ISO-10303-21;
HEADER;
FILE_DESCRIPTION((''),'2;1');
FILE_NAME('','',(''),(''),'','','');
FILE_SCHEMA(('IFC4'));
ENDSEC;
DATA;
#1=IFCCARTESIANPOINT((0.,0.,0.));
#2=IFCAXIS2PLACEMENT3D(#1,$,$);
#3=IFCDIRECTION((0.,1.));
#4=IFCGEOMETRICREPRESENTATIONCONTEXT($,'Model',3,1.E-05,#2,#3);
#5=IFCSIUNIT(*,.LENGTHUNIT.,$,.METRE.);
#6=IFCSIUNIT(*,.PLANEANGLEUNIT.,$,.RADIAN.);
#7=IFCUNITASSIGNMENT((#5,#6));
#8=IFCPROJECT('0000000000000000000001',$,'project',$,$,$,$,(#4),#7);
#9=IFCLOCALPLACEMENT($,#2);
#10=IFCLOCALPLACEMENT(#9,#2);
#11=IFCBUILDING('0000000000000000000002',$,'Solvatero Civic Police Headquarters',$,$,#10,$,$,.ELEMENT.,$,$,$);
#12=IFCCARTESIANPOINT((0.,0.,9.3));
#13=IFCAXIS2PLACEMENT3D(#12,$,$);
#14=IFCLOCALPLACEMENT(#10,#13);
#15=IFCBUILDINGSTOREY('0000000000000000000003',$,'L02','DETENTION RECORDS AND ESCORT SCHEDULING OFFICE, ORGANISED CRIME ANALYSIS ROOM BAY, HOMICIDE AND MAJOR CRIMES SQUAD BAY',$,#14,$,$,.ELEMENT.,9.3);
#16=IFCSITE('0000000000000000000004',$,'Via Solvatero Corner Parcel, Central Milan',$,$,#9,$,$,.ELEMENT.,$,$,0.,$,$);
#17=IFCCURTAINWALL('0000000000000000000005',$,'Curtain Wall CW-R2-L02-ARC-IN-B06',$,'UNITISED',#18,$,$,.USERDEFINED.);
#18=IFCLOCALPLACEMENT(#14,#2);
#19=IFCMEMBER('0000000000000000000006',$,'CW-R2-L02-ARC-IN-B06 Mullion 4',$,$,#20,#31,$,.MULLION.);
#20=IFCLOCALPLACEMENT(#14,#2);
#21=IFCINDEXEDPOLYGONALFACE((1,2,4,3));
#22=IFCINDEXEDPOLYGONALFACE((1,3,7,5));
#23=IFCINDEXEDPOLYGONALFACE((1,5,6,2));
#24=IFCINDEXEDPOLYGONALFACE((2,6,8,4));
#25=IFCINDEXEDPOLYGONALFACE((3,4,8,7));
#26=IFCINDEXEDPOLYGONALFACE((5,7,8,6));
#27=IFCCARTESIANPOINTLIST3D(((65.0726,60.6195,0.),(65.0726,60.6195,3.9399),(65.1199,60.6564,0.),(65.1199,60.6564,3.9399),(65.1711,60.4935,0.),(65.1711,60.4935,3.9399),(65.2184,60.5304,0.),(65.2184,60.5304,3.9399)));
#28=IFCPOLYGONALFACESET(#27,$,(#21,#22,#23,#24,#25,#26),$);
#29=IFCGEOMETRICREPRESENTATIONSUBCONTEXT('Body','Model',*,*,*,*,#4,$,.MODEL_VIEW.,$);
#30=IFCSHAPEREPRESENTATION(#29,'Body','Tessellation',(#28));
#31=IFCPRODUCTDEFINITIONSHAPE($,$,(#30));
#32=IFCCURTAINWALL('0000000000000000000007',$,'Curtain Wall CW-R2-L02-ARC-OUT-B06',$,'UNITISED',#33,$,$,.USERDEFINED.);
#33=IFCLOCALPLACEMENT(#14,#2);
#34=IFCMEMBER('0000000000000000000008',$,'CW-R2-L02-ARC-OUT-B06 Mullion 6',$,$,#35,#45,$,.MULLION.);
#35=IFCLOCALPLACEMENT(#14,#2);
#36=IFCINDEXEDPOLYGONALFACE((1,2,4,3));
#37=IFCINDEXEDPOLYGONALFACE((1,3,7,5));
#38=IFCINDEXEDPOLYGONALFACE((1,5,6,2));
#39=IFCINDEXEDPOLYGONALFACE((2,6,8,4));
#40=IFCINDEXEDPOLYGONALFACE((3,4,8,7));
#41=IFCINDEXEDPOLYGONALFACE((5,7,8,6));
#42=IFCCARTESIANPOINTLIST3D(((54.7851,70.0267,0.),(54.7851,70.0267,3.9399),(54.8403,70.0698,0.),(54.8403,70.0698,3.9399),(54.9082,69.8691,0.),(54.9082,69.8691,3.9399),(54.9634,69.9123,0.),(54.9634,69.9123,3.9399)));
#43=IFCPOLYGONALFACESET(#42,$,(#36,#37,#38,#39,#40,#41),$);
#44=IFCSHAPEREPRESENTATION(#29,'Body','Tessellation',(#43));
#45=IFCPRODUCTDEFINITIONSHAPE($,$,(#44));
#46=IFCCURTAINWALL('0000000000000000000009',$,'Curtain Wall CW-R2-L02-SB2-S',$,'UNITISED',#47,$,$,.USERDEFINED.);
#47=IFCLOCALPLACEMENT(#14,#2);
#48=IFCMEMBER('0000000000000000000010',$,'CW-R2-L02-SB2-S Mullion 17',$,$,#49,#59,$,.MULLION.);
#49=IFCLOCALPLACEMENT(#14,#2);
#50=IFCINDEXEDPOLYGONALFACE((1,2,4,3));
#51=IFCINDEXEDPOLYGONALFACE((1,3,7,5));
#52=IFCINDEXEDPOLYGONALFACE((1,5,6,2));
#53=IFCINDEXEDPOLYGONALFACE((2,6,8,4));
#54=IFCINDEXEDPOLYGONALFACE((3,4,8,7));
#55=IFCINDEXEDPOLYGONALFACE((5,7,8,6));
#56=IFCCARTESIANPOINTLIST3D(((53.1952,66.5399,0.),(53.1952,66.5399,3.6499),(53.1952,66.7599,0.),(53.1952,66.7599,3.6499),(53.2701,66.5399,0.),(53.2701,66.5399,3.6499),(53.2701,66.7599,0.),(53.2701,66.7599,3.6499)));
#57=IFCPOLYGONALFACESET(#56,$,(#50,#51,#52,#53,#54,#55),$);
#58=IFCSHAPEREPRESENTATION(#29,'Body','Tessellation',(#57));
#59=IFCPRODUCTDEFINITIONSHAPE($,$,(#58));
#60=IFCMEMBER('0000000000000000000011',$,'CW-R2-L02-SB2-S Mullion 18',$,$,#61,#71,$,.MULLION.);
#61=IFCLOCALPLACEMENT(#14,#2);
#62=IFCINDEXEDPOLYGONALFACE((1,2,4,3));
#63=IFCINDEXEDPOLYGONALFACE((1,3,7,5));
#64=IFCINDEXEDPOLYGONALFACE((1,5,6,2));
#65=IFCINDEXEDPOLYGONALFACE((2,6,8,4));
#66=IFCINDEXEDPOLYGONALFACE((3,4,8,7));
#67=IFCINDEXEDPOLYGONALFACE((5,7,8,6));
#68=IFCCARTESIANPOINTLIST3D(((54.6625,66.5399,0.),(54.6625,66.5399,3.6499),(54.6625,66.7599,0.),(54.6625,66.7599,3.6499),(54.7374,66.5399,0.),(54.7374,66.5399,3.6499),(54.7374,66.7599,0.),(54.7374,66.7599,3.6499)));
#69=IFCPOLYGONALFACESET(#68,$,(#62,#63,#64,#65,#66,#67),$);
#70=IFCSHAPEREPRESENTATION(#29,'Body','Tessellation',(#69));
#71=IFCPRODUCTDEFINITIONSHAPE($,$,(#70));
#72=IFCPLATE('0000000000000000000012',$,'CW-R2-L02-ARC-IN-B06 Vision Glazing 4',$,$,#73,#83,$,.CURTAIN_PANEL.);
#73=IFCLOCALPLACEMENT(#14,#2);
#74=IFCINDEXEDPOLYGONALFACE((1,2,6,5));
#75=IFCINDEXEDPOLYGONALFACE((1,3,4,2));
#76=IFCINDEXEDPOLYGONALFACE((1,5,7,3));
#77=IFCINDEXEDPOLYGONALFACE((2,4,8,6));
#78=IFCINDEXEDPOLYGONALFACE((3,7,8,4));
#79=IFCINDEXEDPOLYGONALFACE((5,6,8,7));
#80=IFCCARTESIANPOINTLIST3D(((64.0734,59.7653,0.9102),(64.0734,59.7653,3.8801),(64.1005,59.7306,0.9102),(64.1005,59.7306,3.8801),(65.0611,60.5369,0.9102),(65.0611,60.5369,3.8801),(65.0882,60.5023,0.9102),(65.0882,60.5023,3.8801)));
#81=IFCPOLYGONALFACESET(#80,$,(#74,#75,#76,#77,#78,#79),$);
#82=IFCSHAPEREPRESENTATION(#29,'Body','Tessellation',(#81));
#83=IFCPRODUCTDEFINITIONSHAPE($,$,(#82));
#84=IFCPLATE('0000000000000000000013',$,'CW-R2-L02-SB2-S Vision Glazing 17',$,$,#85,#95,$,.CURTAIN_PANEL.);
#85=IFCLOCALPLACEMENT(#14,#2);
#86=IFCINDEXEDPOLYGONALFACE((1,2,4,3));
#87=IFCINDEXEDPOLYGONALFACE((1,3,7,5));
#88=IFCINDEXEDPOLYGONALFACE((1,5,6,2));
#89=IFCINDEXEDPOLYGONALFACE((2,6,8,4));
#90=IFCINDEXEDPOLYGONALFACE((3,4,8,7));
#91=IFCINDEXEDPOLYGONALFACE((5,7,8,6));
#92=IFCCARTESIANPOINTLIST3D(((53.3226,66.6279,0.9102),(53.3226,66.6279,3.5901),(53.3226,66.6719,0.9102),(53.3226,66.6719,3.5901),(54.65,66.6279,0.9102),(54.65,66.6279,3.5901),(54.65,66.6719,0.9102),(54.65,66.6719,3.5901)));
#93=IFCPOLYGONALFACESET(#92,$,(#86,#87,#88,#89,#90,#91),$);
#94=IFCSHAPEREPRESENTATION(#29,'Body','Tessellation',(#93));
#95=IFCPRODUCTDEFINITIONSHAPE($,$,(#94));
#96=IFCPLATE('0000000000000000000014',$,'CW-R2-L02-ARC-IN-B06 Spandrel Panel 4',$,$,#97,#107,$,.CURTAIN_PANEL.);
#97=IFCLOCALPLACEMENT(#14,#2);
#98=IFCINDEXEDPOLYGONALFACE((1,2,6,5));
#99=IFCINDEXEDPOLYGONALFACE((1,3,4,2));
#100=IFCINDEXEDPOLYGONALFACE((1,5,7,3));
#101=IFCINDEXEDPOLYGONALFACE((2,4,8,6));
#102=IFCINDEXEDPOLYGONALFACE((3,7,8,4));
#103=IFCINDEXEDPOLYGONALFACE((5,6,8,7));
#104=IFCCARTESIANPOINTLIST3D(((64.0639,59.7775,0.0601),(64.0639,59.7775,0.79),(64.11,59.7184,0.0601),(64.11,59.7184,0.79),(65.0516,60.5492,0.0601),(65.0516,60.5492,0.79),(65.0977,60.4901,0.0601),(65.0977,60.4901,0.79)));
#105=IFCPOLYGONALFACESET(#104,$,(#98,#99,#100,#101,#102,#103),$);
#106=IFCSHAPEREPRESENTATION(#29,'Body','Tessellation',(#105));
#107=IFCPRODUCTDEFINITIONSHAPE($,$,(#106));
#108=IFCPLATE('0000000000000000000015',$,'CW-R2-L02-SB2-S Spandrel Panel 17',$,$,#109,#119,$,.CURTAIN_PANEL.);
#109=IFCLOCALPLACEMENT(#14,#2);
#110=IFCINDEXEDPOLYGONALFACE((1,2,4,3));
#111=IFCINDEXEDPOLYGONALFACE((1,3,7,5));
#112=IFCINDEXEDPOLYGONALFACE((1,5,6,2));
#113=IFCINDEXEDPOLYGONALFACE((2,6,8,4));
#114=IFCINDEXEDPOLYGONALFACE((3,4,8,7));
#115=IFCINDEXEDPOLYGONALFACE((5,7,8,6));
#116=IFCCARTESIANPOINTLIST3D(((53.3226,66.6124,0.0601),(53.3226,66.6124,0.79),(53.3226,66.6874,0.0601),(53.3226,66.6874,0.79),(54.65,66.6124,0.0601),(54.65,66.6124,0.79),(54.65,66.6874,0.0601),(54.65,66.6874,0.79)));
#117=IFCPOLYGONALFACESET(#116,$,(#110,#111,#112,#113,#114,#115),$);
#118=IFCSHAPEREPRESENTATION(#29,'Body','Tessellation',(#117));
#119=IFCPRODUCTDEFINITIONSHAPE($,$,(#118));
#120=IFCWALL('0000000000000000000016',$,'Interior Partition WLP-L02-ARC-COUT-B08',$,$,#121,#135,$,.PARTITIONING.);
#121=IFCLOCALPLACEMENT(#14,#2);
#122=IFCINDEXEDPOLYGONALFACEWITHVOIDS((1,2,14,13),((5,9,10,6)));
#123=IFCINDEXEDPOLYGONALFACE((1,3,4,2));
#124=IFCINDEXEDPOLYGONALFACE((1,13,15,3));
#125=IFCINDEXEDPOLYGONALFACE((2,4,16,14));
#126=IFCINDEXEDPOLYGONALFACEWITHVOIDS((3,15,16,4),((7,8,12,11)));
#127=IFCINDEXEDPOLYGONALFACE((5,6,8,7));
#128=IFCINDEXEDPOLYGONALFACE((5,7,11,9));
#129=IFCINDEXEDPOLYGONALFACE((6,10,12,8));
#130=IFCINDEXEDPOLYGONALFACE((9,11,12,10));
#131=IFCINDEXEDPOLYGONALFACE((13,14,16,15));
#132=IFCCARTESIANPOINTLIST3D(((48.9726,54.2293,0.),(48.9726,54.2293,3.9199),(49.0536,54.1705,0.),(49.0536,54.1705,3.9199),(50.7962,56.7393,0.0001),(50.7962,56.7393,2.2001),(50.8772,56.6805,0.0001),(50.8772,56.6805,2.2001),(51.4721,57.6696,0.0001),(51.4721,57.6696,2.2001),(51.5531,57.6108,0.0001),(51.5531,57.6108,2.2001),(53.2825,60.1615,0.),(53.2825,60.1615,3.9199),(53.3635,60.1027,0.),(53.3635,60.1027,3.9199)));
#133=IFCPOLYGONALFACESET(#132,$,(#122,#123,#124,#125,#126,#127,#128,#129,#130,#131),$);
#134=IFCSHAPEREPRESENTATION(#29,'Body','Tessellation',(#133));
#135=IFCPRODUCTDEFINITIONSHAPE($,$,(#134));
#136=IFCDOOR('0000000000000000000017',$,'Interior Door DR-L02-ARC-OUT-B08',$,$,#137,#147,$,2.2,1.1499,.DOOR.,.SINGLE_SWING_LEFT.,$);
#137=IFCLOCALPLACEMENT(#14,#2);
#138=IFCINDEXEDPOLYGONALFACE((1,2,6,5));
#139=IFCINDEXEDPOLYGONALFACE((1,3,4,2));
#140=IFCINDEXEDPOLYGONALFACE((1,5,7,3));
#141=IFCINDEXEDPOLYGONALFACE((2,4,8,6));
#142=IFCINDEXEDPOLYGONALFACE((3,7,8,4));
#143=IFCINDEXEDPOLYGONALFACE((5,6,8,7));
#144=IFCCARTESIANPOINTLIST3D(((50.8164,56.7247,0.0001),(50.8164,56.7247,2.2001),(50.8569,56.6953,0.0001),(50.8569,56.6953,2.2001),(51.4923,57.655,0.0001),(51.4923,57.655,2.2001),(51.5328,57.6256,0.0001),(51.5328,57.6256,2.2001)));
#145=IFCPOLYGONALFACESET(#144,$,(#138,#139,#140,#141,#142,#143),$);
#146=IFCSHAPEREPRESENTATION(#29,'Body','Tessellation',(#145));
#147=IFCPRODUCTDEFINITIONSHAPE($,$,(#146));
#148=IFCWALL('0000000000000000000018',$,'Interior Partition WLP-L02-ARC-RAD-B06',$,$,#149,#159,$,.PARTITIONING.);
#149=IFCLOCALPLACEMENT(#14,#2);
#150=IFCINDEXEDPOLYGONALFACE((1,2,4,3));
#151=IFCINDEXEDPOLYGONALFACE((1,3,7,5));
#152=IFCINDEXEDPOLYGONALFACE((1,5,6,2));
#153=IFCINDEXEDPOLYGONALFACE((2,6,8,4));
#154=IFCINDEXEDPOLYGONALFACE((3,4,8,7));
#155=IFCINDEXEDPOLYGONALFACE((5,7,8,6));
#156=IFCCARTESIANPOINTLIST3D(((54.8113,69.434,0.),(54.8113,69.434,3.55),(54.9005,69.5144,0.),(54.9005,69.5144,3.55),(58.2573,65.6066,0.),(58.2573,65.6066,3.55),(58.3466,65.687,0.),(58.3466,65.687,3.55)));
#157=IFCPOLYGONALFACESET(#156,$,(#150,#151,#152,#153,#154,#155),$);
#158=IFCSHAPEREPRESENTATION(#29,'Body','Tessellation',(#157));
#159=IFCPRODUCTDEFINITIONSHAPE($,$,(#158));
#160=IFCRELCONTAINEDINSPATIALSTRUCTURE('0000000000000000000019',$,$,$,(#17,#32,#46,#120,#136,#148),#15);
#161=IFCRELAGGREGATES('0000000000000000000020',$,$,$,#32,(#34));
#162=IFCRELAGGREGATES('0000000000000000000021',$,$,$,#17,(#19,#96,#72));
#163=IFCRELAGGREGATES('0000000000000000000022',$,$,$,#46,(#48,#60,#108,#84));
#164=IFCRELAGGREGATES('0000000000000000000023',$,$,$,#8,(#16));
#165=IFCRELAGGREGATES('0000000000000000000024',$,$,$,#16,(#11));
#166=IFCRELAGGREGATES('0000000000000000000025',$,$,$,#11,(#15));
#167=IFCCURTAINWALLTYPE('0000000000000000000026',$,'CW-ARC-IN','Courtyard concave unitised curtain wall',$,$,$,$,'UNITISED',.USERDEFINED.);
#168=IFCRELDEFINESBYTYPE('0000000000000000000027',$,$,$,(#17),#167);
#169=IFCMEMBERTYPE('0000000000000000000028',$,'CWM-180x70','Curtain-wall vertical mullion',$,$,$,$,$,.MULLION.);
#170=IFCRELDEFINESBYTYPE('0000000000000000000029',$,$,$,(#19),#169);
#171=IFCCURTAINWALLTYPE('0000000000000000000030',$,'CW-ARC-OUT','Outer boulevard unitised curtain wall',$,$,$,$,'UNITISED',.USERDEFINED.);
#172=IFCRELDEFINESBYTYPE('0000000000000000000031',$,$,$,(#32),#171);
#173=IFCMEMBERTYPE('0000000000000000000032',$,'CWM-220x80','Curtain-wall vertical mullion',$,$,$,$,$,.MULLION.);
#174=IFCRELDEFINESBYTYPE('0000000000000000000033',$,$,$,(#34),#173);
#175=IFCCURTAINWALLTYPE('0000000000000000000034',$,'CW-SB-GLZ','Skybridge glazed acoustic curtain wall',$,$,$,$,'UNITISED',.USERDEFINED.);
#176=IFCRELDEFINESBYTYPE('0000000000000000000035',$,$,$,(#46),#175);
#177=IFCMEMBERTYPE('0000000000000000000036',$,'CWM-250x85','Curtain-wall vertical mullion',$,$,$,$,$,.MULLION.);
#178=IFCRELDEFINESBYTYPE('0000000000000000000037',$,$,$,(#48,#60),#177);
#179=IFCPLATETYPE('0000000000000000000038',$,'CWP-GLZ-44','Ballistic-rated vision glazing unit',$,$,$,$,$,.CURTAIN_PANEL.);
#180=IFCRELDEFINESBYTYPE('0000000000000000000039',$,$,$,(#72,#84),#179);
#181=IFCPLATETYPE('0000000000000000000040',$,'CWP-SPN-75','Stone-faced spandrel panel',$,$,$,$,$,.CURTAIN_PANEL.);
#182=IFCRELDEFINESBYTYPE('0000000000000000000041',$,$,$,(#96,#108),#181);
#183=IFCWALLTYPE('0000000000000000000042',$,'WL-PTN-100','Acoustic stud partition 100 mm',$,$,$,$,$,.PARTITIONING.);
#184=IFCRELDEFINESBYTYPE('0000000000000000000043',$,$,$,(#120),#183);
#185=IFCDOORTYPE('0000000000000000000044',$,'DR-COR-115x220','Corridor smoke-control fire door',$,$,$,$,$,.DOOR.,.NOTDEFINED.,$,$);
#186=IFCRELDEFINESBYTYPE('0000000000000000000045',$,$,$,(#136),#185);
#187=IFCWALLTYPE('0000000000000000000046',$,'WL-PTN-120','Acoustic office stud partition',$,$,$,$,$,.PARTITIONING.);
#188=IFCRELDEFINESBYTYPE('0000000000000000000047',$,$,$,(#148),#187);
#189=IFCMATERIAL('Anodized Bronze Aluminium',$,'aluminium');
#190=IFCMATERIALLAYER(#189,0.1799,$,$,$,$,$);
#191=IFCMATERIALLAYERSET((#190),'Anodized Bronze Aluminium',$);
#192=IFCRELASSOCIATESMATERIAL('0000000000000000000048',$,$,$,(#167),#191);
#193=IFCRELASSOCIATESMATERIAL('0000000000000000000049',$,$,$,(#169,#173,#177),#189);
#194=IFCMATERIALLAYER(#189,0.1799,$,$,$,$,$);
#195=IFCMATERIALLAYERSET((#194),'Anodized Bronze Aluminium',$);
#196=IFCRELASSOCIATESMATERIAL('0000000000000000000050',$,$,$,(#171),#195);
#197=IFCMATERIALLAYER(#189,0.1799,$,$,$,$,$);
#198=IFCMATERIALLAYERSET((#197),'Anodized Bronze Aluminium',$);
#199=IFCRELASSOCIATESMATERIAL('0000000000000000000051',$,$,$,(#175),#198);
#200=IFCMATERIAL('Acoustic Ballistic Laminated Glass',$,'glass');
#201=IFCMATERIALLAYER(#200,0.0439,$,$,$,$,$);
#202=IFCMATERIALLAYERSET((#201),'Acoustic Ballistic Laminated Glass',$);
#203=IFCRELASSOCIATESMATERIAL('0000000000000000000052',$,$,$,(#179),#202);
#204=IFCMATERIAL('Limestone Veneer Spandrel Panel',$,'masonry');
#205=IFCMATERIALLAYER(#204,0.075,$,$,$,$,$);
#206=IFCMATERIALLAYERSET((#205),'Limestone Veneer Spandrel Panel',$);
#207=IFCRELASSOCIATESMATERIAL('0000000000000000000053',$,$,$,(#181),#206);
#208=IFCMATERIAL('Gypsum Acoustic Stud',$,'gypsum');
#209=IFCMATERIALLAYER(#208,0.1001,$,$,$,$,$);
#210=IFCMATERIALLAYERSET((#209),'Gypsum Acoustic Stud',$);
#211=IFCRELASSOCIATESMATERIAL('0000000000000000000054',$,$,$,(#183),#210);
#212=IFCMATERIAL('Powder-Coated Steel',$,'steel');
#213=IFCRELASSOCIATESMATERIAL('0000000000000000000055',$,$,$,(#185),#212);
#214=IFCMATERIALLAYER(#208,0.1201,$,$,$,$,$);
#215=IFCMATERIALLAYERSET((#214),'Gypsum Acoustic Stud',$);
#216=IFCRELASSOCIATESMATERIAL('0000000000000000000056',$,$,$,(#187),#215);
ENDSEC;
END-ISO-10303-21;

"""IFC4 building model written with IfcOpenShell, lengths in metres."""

from ifc_helpers import new_model, si_unit, direction, frame, frame_2d, origin, origin_2d, place, context, subcontext, project, spatial, rectangle, extrude, material, layer, layer_set, material_profile, profile_set, type_object, element, fill, aggregate, save


model = new_model("IFC4")

# Units and contexts
model_context = context("Model", 3, precision=1e-05, world=origin(), true_north=direction((0.0, 1.0)))
body_context = subcontext(model_context, "Body", "Model", "MODEL_VIEW")
ifc_project = project(units=[si_unit("LENGTHUNIT", "METRE"), si_unit("PLANEANGLEUNIT", "RADIAN")], contexts=[model_context])

# Site, building, storey
site_placement = place(None, origin())
site = spatial("IfcSite", under=ifc_project, at=site_placement, Name="Via Solvatero Corner Parcel, Central Milan", CompositionType="ELEMENT", RefElevation=0.0)
building_placement = place(site_placement, origin())
building = spatial("IfcBuilding", under=site, at=building_placement, Name="Solvatero Civic Police Headquarters", CompositionType="ELEMENT")
storey_placement = place(building_placement, frame((0.0, 0.0, 9.3)))
storey = spatial("IfcBuildingStorey", under=building, at=storey_placement, Name="L02", Description="DETENTION RECORDS AND ESCORT SCHEDULING OFFICE, ORGANISED CRIME ANALYSIS ROOM BAY, HOMICIDE AND MAJOR CRIMES SQUAD BAY", CompositionType="ELEMENT", Elevation=9.3)

# Curtain walls, members
ifc_material_1 = material(Name="Anodized Bronze Aluminium", Category="aluminium")
ifc_layer_1 = layer(ifc_material_1, 0.1799)
ifc_layer_set_1 = layer_set([ifc_layer_1], Name="Anodized Bronze Aluminium")
curtain_wall_type_1 = type_object("IfcCurtainWallType", Name="CW-ARC-IN", Description="Courtyard concave unitised curtain wall", ElementType="UNITISED", PredefinedType="USERDEFINED", material=ifc_layer_set_1)
curtain_wall_1_placement = place(storey_placement, origin())
curtain_wall_1 = element("IfcCurtainWall", 1, at=curtain_wall_1_placement, inside=storey, type_object=curtain_wall_type_1, Name="Curtain Wall CW-R2-L02-ARC-IN-B06", ObjectType="UNITISED", PredefinedType="USERDEFINED")
ifc_material_profile_1 = material_profile(ifc_material_1, rectangle(XDim=0.0601, YDim=0.1599, at=origin_2d()), Name="ALU MULLION 60x160")
ifc_profile_set_1 = profile_set([ifc_material_profile_1], Name="Anodized Bronze Aluminium")
member_type_1 = type_object("IfcMemberType", Name="CWM-180x70", Description="Curtain-wall vertical mullion", PredefinedType="MULLION", material=ifc_profile_set_1)
member_1_placement = place(storey_placement, frame((65.1455, 60.575, 0.0), z_axis=(0.0, 0.0, 1.0), x_axis=(-0.788011, -0.615661, 0.0)))
member_1 = element("IfcMember", 2, at=member_1_placement, type_object=member_type_1, Name="CW-R2-L02-ARC-IN-B06 Mullion 4", PredefinedType="MULLION", context=body_context, shape_type="SweptSolid", body=[
    extrude(rectangle(XDim=0.0601, YDim=0.1599, at=origin_2d()), origin(), (0.0, 0.0, 1.0), 3.9399),
])
ifc_layer_2 = layer(ifc_material_1, 0.1799)
ifc_layer_set_2 = layer_set([ifc_layer_2], Name="Anodized Bronze Aluminium")
curtain_wall_type_2 = type_object("IfcCurtainWallType", Name="CW-ARC-OUT", Description="Outer boulevard unitised curtain wall", ElementType="UNITISED", PredefinedType="USERDEFINED", material=ifc_layer_set_2)
curtain_wall_2_placement = place(storey_placement, origin())
curtain_wall_2 = element("IfcCurtainWall", 3, at=curtain_wall_2_placement, inside=storey, type_object=curtain_wall_type_2, Name="Curtain Wall CW-R2-L02-ARC-OUT-B06", ObjectType="UNITISED", PredefinedType="USERDEFINED")
ifc_material_profile_2 = material_profile(ifc_material_1, rectangle(XDim=0.0701, YDim=0.2, at=origin_2d()), Name="ALU MULLION 70x200")
ifc_profile_set_2 = profile_set([ifc_material_profile_2], Name="Anodized Bronze Aluminium")
member_type_2 = type_object("IfcMemberType", Name="CWM-220x80", Description="Curtain-wall vertical mullion", PredefinedType="MULLION", material=ifc_profile_set_2)
member_2_placement = place(storey_placement, frame((54.8743, 69.9695, 0.0), z_axis=(0.0, 0.0, 1.0), x_axis=(-0.788021, -0.615648, 0.0)))
member_2 = element("IfcMember", 4, at=member_2_placement, type_object=member_type_2, Name="CW-R2-L02-ARC-OUT-B06 Mullion 6", PredefinedType="MULLION", context=body_context, shape_type="SweptSolid", body=[
    extrude(rectangle(XDim=0.0701, YDim=0.2, at=origin_2d()), origin(), (0.0, 0.0, 1.0), 3.9399),
])
aggregate(curtain_wall_2, [member_2])

# Curtain wall, members
ifc_layer_3 = layer(ifc_material_1, 0.1799)
ifc_layer_set_3 = layer_set([ifc_layer_3], Name="Anodized Bronze Aluminium")
curtain_wall_type_3 = type_object("IfcCurtainWallType", Name="CW-SB-GLZ", Description="Skybridge glazed acoustic curtain wall", ElementType="UNITISED", PredefinedType="USERDEFINED", material=ifc_layer_set_3)
curtain_wall_3_placement = place(storey_placement, origin())
curtain_wall_3 = element("IfcCurtainWall", 5, at=curtain_wall_3_placement, inside=storey, type_object=curtain_wall_type_3, Name="Curtain Wall CW-R2-L02-SB2-S", ObjectType="UNITISED", PredefinedType="USERDEFINED")
ifc_material_profile_3 = material_profile(ifc_material_1, rectangle(XDim=0.075, YDim=0.22, at=origin_2d()), Name="ALU MULLION 75x220")
ifc_profile_set_3 = profile_set([ifc_material_profile_3], Name="Anodized Bronze Aluminium")
member_type_3 = type_object("IfcMemberType", Name="CWM-250x85", Description="Curtain-wall vertical mullion", PredefinedType="MULLION", material=ifc_profile_set_3)
member_3_placement = place(storey_placement, frame((53.2327, 66.6499, 0.0), z_axis=(0.0, 0.0, 1.0), x_axis=(1.0, 0.0, 0.0)))
member_3 = element("IfcMember", 6, at=member_3_placement, type_object=member_type_3, Name="CW-R2-L02-SB2-S Mullion 17", PredefinedType="MULLION", context=body_context, shape_type="SweptSolid", body=[
    extrude(rectangle(XDim=0.075, YDim=0.22, at=origin_2d()), origin(), (0.0, 0.0, 1.0), 3.6499),
])
member_4_placement = place(storey_placement, frame((54.7, 66.6499, 0.0), z_axis=(0.0, 0.0, 1.0), x_axis=(1.0, 0.0, 0.0)))
member_4 = element("IfcMember", 7, at=member_4_placement, type_object=member_type_3, Name="CW-R2-L02-SB2-S Mullion 18", PredefinedType="MULLION", context=body_context, shape_type="SweptSolid", body=[
    extrude(rectangle(XDim=0.075, YDim=0.22, at=origin_2d()), origin(), (0.0, 0.0, 1.0), 3.6499),
])

# Plates
ifc_material_2 = material(Name="Acoustic Ballistic Laminated Glass", Category="glass")
ifc_layer_4 = layer(ifc_material_2, 0.0439)
ifc_layer_set_4 = layer_set([ifc_layer_4], Name="Acoustic Ballistic Laminated Glass")
plate_type_1 = type_object("IfcPlateType", Name="CWP-GLZ-44", Description="Ballistic-rated vision glazing unit", PredefinedType="CURTAIN_PANEL", material=ifc_layer_set_4)
plate_1_placement = place(storey_placement, frame((64.5808, 60.1338, 0.9102), z_axis=(0.0, 0.0, 1.0), x_axis=(-0.788011, -0.615661, 0.0)))
plate_1 = element("IfcPlate", 8, at=plate_1_placement, type_object=plate_type_1, Name="CW-R2-L02-ARC-IN-B06 Vision Glazing 4", PredefinedType="CURTAIN_PANEL", context=body_context, shape_type="SweptSolid", body=[
    extrude(rectangle(XDim=1.2534, YDim=0.0439, at=origin_2d()), origin(), (0.0, 0.0, 1.0), 2.97),
])
plate_2_placement = place(storey_placement, frame((53.9863, 66.6499, 0.9102), z_axis=(0.0, 0.0, 1.0), x_axis=(1.0, 0.0, 0.0)))
plate_2 = element("IfcPlate", 9, at=plate_2_placement, type_object=plate_type_1, Name="CW-R2-L02-SB2-S Vision Glazing 17", PredefinedType="CURTAIN_PANEL", context=body_context, shape_type="SweptSolid", body=[
    extrude(rectangle(XDim=1.3274, YDim=0.0439, at=origin_2d()), origin(), (0.0, 0.0, 1.0), 2.6799),
])
ifc_material_3 = material(Name="Limestone Veneer Spandrel Panel", Category="masonry")
ifc_layer_5 = layer(ifc_material_3, 0.075)
ifc_layer_set_5 = layer_set([ifc_layer_5], Name="Limestone Veneer Spandrel Panel")
plate_type_2 = type_object("IfcPlateType", Name="CWP-SPN-75", Description="Stone-faced spandrel panel", PredefinedType="CURTAIN_PANEL", material=ifc_layer_set_5)
plate_3_placement = place(storey_placement, frame((64.5808, 60.1338, 0.0601), z_axis=(0.0, 0.0, 1.0), x_axis=(-0.788011, -0.615661, 0.0)))
plate_3 = element("IfcPlate", 10, at=plate_3_placement, type_object=plate_type_2, Name="CW-R2-L02-ARC-IN-B06 Spandrel Panel 4", PredefinedType="CURTAIN_PANEL", context=body_context, shape_type="SweptSolid", body=[
    extrude(rectangle(XDim=1.2534, YDim=0.075, at=origin_2d()), origin(), (0.0, 0.0, 1.0), 0.73),
])
aggregate(curtain_wall_1, [member_1, plate_3, plate_1])
plate_4_placement = place(storey_placement, frame((53.9863, 66.6499, 0.0601), z_axis=(0.0, 0.0, 1.0), x_axis=(1.0, 0.0, 0.0)))
plate_4 = element("IfcPlate", 11, at=plate_4_placement, type_object=plate_type_2, Name="CW-R2-L02-SB2-S Spandrel Panel 17", PredefinedType="CURTAIN_PANEL", context=body_context, shape_type="SweptSolid", body=[
    extrude(rectangle(XDim=1.3274, YDim=0.075, at=origin_2d()), origin(), (0.0, 0.0, 1.0), 0.73),
])
aggregate(curtain_wall_3, [member_3, member_4, plate_4, plate_2])

# Wall, opening, door
ifc_material_4 = material(Name="Gypsum Acoustic Stud", Category="gypsum")
ifc_layer_6 = layer(ifc_material_4, 0.1001)
ifc_layer_set_6 = layer_set([ifc_layer_6], Name="Gypsum Acoustic Stud")
wall_type_1 = type_object("IfcWallType", Name="WL-PTN-100", Description="Acoustic stud partition 100 mm", PredefinedType="PARTITIONING", material=ifc_layer_set_6)
wall_1_placement = place(storey_placement, frame((53.323, 60.1321, 0.0), z_axis=(0.0, 0.0, 1.0), x_axis=(-0.587774, -0.809025, 0.0)))
wall_1 = element("IfcWall", 12, at=wall_1_placement, inside=storey, type_object=wall_type_1, Name="Interior Partition WLP-L02-ARC-COUT-B08", PredefinedType="PARTITIONING", context=body_context, shape_type="SweptSolid", body=[
    extrude(rectangle(XDim=7.3325, YDim=0.1001, at=frame_2d((3.6663, 0.0))), origin(), (0.0, 0.0, 1.0), 3.9199),
])
opening_1_placement = place(wall_1_placement, frame((3.0801, 0.0, 0.0)))
opening_1 = element("IfcOpeningElement", 13, at=opening_1_placement, cuts=wall_1, PredefinedType="OPENING", context=body_context, shape_type="SweptSolid", body=[
    extrude(rectangle(XDim=1.1499, YDim=2.2, at=frame_2d((0.575, 1.1001))), frame((0.0, 0.0601, 0.0), z_axis=(0.0, -1.0, 0.0), x_axis=(1.0, 0.0, 0.0)), (0.0, 0.0, 1.0), 0.1201),
])
ifc_material_5 = material(Name="Powder-Coated Steel", Category="steel")
door_type_1 = type_object("IfcDoorType", Name="DR-COR-115x220", Description="Corridor smoke-control fire door", OperationType="NOTDEFINED", PredefinedType="DOOR", material=ifc_material_5)
door_1_placement = place(opening_1_placement, origin())
door_1 = element("IfcDoor", 14, at=door_1_placement, inside=storey, type_object=door_type_1, Name="Interior Door DR-L02-ARC-OUT-B08", OperationType="SINGLE_SWING_LEFT", OverallHeight=2.2, OverallWidth=1.1499, PredefinedType="DOOR", context=body_context, shape_type="SweptSolid", body=[
    extrude(rectangle(XDim=1.1499, YDim=2.2, at=frame_2d((0.575, 1.1001))), frame((0.0, 0.0249, 0.0), z_axis=(0.0, -1.0, 0.0), x_axis=(1.0, 0.0, 0.0)), (0.0, 0.0, 1.0), 0.05),
])
fill(opening_1, door_1)

# Wall
ifc_layer_7 = layer(ifc_material_4, 0.1201)
ifc_layer_set_7 = layer_set([ifc_layer_7], Name="Gypsum Acoustic Stud")
wall_type_2 = type_object("IfcWallType", Name="WL-PTN-120", Description="Acoustic office stud partition", PredefinedType="PARTITIONING", material=ifc_layer_set_7)
wall_2_placement = place(storey_placement, frame((58.302, 65.6467, 0.0), z_axis=(0.0, 0.0, 1.0), x_axis=(-0.669114, 0.74316, 0.0)))
element("IfcWall", 15, at=wall_2_placement, inside=storey, type_object=wall_type_2, Name="Interior Partition WLP-L02-ARC-RAD-B06", PredefinedType="PARTITIONING", context=body_context, shape_type="SweptSolid", body=[
    extrude(rectangle(XDim=5.1501, YDim=0.1201, at=frame_2d((2.5752, 0.0))), origin(), (0.0, 0.0, 1.0), 3.55),
])

save(model, "model.ifc")
